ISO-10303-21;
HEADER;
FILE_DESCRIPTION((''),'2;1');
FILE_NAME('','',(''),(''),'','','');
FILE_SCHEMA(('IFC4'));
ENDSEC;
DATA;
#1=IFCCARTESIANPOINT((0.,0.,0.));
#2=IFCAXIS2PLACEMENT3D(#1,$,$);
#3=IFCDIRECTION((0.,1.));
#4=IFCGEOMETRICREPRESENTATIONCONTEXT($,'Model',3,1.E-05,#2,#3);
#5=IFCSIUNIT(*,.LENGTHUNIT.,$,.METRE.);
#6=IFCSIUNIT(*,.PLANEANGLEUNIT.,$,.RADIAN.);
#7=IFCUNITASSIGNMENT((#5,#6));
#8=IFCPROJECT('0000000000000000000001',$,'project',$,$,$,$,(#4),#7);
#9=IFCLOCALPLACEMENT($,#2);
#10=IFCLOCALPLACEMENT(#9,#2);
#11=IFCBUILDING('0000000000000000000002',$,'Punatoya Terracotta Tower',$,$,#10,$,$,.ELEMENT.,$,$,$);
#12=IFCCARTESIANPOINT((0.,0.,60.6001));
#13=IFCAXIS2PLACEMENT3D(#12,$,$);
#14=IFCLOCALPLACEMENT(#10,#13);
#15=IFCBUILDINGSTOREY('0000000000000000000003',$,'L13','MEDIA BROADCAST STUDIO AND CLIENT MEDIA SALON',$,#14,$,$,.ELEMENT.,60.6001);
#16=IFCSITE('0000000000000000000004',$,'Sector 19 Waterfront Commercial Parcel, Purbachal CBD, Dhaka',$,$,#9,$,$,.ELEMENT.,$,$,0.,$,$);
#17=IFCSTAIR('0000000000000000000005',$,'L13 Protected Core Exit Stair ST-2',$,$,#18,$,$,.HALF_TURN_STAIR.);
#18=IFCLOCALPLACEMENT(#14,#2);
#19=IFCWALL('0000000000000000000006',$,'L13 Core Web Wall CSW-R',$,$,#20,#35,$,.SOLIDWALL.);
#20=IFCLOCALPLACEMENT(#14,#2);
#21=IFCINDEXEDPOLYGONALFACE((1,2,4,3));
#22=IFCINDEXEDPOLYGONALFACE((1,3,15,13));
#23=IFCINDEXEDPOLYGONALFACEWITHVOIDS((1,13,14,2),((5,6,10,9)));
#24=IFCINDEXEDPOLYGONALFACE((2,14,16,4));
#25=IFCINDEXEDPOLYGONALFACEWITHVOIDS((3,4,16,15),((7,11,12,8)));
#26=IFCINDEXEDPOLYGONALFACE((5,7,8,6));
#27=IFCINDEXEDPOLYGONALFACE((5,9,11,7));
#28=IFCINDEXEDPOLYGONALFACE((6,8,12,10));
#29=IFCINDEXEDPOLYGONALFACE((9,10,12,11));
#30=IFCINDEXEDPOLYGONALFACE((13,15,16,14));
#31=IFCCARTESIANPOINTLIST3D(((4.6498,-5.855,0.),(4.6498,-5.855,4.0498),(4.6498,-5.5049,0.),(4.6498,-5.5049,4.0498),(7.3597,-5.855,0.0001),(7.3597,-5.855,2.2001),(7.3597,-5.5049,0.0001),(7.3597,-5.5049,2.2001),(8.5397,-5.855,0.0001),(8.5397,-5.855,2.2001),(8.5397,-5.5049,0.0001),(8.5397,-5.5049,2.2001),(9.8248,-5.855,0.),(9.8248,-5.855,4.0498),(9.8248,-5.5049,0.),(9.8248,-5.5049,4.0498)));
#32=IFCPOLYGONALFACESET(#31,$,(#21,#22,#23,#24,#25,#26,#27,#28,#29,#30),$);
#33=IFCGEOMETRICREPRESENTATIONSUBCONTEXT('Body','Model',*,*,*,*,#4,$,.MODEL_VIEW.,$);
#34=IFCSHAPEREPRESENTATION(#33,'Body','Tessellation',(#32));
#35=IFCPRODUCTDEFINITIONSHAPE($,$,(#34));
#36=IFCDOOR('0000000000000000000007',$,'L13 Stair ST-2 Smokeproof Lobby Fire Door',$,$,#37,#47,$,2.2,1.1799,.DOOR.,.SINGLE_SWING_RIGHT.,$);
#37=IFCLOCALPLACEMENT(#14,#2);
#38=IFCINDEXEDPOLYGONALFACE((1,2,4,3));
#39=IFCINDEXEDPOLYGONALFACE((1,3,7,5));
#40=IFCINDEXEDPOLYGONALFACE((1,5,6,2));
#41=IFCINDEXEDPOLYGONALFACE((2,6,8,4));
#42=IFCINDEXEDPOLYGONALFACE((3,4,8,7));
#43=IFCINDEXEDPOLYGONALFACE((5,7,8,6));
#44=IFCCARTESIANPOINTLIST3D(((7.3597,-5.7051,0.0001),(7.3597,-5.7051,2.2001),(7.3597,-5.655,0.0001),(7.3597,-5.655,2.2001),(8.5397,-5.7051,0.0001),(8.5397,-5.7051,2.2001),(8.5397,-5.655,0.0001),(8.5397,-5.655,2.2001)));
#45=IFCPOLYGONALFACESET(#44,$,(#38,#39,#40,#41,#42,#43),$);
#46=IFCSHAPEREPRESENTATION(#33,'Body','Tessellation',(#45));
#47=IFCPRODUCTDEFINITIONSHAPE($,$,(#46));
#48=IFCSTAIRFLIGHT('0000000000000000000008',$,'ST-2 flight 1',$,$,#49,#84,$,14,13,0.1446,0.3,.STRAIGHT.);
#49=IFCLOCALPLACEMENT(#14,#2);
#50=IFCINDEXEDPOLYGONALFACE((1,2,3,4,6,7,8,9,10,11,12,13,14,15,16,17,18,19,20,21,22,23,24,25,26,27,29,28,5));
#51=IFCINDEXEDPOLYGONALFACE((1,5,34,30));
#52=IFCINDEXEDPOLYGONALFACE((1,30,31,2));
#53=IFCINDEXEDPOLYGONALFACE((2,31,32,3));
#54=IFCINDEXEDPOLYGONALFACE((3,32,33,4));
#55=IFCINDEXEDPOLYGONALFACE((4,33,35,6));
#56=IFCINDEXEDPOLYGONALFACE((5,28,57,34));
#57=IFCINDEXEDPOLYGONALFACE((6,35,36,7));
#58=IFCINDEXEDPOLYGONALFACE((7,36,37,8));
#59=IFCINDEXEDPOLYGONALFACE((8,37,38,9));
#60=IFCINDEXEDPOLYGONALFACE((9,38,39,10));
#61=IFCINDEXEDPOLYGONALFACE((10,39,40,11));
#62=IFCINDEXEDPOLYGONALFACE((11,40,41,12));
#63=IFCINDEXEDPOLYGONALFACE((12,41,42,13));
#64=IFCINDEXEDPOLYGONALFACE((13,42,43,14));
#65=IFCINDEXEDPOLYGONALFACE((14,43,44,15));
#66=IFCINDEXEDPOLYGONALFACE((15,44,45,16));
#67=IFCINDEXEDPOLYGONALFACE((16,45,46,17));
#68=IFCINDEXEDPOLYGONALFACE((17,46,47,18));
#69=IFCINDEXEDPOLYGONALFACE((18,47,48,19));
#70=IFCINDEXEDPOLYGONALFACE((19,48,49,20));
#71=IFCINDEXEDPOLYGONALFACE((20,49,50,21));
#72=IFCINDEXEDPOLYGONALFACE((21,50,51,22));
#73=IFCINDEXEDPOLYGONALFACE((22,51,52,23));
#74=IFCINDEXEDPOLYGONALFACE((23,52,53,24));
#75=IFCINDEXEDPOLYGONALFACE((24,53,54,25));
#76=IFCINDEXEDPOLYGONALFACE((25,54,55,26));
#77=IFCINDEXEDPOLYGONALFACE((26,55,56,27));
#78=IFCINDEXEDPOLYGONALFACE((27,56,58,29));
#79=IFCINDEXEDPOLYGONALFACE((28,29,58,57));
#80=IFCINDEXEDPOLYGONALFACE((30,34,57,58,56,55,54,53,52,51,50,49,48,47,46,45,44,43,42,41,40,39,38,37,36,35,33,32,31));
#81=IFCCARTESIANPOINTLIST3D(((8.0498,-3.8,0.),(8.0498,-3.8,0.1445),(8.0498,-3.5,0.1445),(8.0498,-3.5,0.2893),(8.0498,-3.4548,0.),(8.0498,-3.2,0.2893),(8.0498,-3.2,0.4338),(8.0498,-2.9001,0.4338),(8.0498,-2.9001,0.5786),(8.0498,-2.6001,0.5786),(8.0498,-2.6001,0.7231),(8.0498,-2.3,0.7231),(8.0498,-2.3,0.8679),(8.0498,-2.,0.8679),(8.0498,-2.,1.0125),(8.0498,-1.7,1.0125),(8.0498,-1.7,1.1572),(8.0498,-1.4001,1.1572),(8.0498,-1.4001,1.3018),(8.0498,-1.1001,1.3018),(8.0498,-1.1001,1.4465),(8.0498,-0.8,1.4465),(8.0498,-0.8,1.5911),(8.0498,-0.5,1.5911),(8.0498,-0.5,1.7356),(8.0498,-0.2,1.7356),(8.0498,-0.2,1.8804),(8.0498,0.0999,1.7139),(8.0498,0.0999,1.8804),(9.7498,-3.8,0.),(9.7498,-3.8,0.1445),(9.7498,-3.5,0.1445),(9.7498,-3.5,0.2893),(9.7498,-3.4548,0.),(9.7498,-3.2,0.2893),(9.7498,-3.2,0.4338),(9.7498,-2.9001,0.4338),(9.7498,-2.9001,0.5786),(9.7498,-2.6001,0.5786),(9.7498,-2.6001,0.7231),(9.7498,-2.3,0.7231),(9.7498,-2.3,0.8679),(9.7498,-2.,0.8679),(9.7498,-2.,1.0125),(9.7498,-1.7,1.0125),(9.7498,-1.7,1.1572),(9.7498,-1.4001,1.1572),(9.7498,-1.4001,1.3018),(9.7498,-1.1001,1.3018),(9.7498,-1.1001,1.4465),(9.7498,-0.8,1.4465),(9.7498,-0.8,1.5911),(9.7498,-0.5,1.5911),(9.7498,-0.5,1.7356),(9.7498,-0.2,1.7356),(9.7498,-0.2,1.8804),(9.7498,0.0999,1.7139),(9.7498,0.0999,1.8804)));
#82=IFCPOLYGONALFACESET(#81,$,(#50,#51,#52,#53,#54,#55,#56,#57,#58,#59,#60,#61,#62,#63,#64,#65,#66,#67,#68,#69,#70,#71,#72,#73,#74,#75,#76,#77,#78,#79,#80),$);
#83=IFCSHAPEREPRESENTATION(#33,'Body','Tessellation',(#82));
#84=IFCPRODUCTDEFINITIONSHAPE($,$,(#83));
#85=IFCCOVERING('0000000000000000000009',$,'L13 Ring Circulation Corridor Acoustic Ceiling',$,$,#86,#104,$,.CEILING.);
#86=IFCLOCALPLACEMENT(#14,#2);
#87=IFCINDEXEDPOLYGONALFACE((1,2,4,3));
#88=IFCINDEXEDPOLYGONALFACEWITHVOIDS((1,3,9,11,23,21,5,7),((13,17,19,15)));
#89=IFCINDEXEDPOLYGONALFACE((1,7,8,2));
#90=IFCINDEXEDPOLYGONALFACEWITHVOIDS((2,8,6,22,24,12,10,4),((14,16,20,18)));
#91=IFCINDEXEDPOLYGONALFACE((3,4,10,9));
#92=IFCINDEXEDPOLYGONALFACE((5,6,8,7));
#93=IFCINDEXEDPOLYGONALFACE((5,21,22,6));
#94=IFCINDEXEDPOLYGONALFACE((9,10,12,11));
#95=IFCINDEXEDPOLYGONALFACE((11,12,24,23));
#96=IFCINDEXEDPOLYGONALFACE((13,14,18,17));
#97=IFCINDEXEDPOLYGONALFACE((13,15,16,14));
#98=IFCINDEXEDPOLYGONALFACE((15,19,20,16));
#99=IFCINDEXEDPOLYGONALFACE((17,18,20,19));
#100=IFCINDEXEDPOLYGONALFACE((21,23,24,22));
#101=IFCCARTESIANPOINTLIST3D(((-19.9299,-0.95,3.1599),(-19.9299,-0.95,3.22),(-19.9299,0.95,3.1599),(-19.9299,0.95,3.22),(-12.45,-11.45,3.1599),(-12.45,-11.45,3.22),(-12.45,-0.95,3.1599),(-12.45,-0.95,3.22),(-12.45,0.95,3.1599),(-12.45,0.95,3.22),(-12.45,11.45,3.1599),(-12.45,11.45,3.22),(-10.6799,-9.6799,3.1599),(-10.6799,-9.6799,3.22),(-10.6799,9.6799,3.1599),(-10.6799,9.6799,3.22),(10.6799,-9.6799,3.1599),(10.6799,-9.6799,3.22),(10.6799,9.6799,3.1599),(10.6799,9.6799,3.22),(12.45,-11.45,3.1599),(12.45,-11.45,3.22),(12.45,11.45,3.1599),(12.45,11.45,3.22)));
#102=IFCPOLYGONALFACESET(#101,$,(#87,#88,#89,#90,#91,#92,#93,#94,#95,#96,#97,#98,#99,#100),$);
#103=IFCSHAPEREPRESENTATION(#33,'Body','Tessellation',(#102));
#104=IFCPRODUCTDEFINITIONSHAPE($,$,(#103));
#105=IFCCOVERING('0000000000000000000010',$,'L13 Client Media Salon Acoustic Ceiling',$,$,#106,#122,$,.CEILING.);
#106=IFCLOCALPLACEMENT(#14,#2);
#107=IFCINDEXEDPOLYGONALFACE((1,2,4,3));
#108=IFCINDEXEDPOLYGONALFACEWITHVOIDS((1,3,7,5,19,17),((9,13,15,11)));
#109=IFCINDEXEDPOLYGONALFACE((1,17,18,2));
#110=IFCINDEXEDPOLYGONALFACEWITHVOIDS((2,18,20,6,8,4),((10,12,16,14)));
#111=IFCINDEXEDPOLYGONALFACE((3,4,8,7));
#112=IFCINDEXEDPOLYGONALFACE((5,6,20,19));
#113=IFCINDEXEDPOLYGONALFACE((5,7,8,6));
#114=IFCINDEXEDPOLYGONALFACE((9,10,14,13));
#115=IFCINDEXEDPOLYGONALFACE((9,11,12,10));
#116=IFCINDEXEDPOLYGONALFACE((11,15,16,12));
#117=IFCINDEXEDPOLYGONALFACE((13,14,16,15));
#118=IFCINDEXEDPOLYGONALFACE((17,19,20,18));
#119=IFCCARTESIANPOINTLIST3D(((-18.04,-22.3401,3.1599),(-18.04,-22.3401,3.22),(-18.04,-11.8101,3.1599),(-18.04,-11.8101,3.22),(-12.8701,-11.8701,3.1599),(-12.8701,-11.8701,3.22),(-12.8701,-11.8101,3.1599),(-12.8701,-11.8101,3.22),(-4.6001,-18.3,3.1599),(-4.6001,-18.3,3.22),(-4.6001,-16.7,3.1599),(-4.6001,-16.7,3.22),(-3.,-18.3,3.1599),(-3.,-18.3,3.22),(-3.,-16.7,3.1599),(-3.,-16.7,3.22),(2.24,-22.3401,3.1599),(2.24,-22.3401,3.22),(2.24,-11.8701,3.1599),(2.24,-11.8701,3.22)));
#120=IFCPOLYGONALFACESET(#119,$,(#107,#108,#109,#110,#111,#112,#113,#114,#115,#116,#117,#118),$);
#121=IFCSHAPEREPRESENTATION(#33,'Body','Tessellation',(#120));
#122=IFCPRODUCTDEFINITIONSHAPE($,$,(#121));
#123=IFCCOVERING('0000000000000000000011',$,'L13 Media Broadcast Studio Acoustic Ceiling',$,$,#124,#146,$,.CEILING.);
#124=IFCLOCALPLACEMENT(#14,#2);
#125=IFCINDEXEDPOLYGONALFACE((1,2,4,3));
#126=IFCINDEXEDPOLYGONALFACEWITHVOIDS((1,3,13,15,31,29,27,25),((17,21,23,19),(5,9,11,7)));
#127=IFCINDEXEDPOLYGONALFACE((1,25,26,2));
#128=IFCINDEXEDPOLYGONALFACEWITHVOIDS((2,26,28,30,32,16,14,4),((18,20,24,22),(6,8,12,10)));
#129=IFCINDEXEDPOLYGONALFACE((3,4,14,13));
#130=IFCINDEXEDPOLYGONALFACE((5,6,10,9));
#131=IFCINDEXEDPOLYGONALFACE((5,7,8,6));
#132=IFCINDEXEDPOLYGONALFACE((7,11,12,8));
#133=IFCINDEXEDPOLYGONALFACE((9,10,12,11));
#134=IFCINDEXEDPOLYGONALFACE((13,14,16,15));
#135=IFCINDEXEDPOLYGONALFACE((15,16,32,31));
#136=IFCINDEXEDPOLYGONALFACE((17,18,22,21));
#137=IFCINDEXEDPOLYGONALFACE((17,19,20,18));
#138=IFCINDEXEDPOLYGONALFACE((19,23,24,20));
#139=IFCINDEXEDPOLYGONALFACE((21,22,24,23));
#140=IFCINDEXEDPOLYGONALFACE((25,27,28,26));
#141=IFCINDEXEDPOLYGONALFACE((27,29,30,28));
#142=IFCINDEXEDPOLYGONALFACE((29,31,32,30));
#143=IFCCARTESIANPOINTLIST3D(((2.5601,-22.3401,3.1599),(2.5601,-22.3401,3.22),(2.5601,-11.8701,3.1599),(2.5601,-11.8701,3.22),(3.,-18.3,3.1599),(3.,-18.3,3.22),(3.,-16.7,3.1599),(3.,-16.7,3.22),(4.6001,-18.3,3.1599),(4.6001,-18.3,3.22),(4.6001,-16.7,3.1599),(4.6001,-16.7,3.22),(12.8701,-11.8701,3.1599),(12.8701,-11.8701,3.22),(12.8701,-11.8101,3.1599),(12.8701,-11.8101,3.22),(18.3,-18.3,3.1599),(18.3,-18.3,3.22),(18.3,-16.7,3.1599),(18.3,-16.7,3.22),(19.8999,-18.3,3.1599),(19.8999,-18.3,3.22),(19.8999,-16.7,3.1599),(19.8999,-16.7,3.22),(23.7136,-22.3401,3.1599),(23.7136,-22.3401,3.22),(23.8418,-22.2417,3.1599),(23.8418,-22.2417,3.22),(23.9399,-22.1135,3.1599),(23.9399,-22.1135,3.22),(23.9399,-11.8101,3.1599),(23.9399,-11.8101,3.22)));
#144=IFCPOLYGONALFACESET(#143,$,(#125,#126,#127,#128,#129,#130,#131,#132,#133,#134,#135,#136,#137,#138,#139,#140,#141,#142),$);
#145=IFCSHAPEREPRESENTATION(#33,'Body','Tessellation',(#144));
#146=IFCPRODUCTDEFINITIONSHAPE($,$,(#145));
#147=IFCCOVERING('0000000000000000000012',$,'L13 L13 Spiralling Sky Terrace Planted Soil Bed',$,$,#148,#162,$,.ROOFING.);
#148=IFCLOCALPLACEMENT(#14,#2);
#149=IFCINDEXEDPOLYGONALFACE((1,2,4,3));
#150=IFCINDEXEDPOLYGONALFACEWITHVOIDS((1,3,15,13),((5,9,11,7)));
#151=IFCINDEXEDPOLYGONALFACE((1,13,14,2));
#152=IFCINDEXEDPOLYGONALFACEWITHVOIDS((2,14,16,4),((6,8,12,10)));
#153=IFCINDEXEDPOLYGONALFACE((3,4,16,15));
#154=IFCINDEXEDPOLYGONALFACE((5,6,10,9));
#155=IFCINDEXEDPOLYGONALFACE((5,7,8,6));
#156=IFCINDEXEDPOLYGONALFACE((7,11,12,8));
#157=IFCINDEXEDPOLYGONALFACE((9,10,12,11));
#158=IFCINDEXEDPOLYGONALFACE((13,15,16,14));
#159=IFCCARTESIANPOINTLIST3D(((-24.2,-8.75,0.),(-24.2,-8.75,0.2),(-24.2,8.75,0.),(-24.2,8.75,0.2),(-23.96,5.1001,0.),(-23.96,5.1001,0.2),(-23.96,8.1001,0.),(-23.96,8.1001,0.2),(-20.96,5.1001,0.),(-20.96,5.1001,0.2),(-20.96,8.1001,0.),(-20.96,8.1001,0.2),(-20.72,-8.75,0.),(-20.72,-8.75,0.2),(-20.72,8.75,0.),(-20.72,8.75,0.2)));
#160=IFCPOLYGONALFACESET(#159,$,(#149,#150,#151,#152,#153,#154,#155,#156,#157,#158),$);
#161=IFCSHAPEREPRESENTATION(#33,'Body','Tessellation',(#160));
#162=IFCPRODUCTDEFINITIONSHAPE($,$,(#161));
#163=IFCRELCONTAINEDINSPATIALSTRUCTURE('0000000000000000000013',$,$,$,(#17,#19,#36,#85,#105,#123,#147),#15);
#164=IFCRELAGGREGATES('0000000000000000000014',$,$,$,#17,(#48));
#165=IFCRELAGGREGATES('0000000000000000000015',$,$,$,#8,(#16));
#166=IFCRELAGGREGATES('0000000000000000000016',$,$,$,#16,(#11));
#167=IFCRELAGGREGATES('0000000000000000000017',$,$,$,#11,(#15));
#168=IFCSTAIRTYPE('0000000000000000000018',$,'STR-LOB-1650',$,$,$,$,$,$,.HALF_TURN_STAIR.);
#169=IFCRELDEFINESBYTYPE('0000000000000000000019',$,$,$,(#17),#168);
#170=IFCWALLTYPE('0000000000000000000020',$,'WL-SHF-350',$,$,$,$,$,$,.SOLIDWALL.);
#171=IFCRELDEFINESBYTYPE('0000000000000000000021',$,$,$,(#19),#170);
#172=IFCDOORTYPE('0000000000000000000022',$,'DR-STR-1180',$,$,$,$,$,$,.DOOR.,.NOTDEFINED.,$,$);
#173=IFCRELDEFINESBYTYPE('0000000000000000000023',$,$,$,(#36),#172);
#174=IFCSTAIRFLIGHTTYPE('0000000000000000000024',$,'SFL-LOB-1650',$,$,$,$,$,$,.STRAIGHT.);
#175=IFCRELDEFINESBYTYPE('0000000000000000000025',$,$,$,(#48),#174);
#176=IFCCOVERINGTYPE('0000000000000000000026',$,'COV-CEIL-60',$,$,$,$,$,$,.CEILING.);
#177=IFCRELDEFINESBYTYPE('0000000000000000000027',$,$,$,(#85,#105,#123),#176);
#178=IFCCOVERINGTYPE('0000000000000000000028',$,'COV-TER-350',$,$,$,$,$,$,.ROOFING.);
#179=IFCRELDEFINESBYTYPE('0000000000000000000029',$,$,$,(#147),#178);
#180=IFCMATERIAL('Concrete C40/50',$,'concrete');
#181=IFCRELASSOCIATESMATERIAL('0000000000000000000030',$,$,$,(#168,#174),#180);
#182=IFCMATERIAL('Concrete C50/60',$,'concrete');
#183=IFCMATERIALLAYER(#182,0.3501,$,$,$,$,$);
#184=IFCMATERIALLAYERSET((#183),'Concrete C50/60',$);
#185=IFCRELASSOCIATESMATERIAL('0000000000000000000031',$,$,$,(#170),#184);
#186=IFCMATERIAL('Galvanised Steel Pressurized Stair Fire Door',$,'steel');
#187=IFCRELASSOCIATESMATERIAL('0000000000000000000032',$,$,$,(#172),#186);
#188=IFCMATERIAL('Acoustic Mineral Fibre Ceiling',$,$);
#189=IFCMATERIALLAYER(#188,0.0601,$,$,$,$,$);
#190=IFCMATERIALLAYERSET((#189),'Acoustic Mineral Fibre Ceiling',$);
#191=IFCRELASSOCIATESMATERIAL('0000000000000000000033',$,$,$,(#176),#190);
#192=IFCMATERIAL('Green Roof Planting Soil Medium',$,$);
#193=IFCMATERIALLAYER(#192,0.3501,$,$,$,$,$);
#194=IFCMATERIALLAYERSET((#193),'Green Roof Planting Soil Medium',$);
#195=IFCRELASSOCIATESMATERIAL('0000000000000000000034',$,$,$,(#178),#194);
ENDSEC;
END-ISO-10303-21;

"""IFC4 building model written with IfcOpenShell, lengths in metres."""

from ifc_helpers import new_model, si_unit, direction, frame, frame_2d, origin, place, context, subcontext, project, spatial, polyline, rectangle, outline, extrude, material, layer, layer_set, type_object, element, fill, aggregate, save


model = new_model("IFC4")

# Units and contexts
model_context = context("Model", 3, precision=1e-05, world=origin(), true_north=direction((0.0, 1.0)))
body_context = subcontext(model_context, "Body", "Model", "MODEL_VIEW")
ifc_project = project(units=[si_unit("LENGTHUNIT", "METRE"), si_unit("PLANEANGLEUNIT", "RADIAN")], contexts=[model_context])

# Site, building, storey
site_placement = place(None, origin())
site = spatial("IfcSite", under=ifc_project, at=site_placement, Name="Sector 19 Waterfront Commercial Parcel, Purbachal CBD, Dhaka", CompositionType="ELEMENT", RefElevation=0.0)
building_placement = place(site_placement, origin())
building = spatial("IfcBuilding", under=site, at=building_placement, Name="Punatoya Terracotta Tower", CompositionType="ELEMENT")
storey_placement = place(building_placement, frame((0.0, 0.0, 60.6001)))
storey = spatial("IfcBuildingStorey", under=building, at=storey_placement, Name="L13", Description="MEDIA BROADCAST STUDIO AND CLIENT MEDIA SALON", CompositionType="ELEMENT", Elevation=60.6001)

# Stair
ifc_material_1 = material(Name="Concrete C40/50", Category="concrete")
stair_type_1 = type_object("IfcStairType", Name="STR-LOB-1650", PredefinedType="HALF_TURN_STAIR", material=ifc_material_1)
stair_1_placement = place(storey_placement, origin())
stair_1 = element("IfcStair", 1, at=stair_1_placement, inside=storey, type_object=stair_type_1, Name="L13 Protected Core Exit Stair ST-2", PredefinedType="HALF_TURN_STAIR")

# Wall, opening, door
ifc_material_2 = material(Name="Concrete C50/60", Category="concrete")
ifc_layer_1 = layer(ifc_material_2, 0.3501)
ifc_layer_set_1 = layer_set([ifc_layer_1], Name="Concrete C50/60")
wall_type_1 = type_object("IfcWallType", Name="WL-SHF-350", PredefinedType="SOLIDWALL", material=ifc_layer_set_1)
wall_1_placement = place(storey_placement, frame((4.6499, -5.6799, 0.0), z_axis=(0.0, 0.0, 1.0), x_axis=(1.0, 0.0, 0.0)))
wall_1 = element("IfcWall", 2, at=wall_1_placement, inside=storey, type_object=wall_type_1, Name="L13 Core Web Wall CSW-R", PredefinedType="SOLIDWALL", context=body_context, shape_type="SweptSolid", body=[
    extrude(rectangle(XDim=5.175, YDim=0.3501, at=frame_2d((2.5874, 0.0))), origin(), (0.0, 0.0, 1.0), 4.0498),
])
opening_1_placement = place(wall_1_placement, frame((2.71, 0.0, 0.0)))
opening_1 = element("IfcOpeningElement", 3, at=opening_1_placement, cuts=wall_1, PredefinedType="OPENING", context=body_context, shape_type="SweptSolid", body=[
    extrude(rectangle(XDim=1.1799, YDim=2.2, at=frame_2d((0.5898, 1.1001))), frame((0.0, 0.1851, 0.0), z_axis=(0.0, -1.0, 0.0), x_axis=(1.0, 0.0, 0.0)), (0.0, 0.0, 1.0), 0.3701),
])
ifc_material_3 = material(Name="Galvanised Steel Pressurized Stair Fire Door", Category="steel")
door_type_1 = type_object("IfcDoorType", Name="DR-STR-1180", OperationType="NOTDEFINED", PredefinedType="DOOR", material=ifc_material_3)
door_1_placement = place(opening_1_placement, origin())
door_1 = element("IfcDoor", 4, at=door_1_placement, inside=storey, type_object=door_type_1, Name="L13 Stair ST-2 Smokeproof Lobby Fire Door", OperationType="SINGLE_SWING_RIGHT", OverallHeight=2.2, OverallWidth=1.1799, PredefinedType="DOOR", context=body_context, shape_type="SweptSolid", body=[
    extrude(rectangle(XDim=1.1799, YDim=2.2, at=frame_2d((0.5898, 1.1001))), frame((0.0, 0.0249, 0.0), z_axis=(0.0, -1.0, 0.0), x_axis=(1.0, 0.0, 0.0)), (0.0, 0.0, 1.0), 0.05),
])
fill(opening_1, door_1)

# Stair flight
stair_flight_type = type_object("IfcStairFlightType", Name="SFL-LOB-1650", PredefinedType="STRAIGHT", material=ifc_material_1)
stair_flight_placement = place(storey_placement, frame((8.8999, -3.8, 0.0), z_axis=(0.0, 0.0, 1.0), x_axis=(0.0, 1.0, 0.0)))
stair_flight = element("IfcStairFlight", 5, at=stair_flight_placement, type_object=stair_flight_type, Name="ST-2 flight 1", NumberOfRisers=14, NumberOfTreads=13, PredefinedType="STRAIGHT", RiserHeight=0.1446, TreadLength=0.3, context=body_context, shape_type="SweptSolid", body=[
    extrude(outline(polyline([(0.0, 0.0), (0.0, 0.1445), (0.3, 0.1445), (0.3, 0.2893), (0.6001, 0.2893), (0.6001, 0.4338), (0.8999, 0.4338), (0.8999, 0.5786), (1.2, 0.5786), (1.2, 0.7231), (1.5, 0.7231), (1.5, 0.8679), (1.8, 0.8679), (1.8, 1.0125), (2.1001, 1.0125), (2.1001, 1.1572), (2.3999, 1.1572), (2.3999, 1.3018), (2.7, 1.3018), (2.7, 1.4465), (3.0, 1.4465), (3.0, 1.5911), (3.3, 1.5911), (3.3, 1.7356), (3.6001, 1.7356), (3.6001, 1.8804), (3.8999, 1.8804), (3.8999, 2.0249), (3.8999, 1.7139), (0.3452, 0.0), (0.0, 0.0)])), frame((0.0, 0.8501, 0.0), z_axis=(0.0, -1.0, 0.0), x_axis=(1.0, 0.0, 0.0)), (0.0, 0.0, 1.0), 1.7),
])
aggregate(stair_1, [stair_flight])

# Coverings
ifc_material_4 = material(Name="Acoustic Mineral Fibre Ceiling")
ifc_layer_2 = layer(ifc_material_4, 0.0601)
ifc_layer_set_2 = layer_set([ifc_layer_2], Name="Acoustic Mineral Fibre Ceiling")
covering_type_1 = type_object("IfcCoveringType", Name="COV-CEIL-60", PredefinedType="CEILING", material=ifc_layer_set_2)
covering_1_placement = place(storey_placement, frame((0.0, 0.0, 3.1599)))
element("IfcCovering", 6, at=covering_1_placement, inside=storey, type_object=covering_type_1, Name="L13 Ring Circulation Corridor Acoustic Ceiling", PredefinedType="CEILING", context=body_context, shape_type="SweptSolid", body=[
    extrude(outline(polyline([(-12.45, -11.45), (12.45, -11.45), (12.45, 11.45), (-12.45, 11.45), (-12.45, 0.95), (-19.9299, 0.95), (-19.9299, -0.95), (-12.45, -0.95), (-12.45, -11.45)]), holes=[polyline([(-10.6799, -9.6799), (-10.6799, 9.6799), (10.6799, 9.6799), (10.6799, -9.6799), (-10.6799, -9.6799)])]), origin(), (0.0, 0.0, 1.0), 0.0601),
])
covering_2_placement = place(storey_placement, frame((0.0, 0.0, 3.1599)))
element("IfcCovering", 7, at=covering_2_placement, inside=storey, type_object=covering_type_1, Name="L13 Client Media Salon Acoustic Ceiling", PredefinedType="CEILING", context=body_context, shape_type="SweptSolid", body=[
    extrude(outline(polyline([(-12.8701, -11.8701), (-12.8701, -11.8101), (-18.04, -11.8101), (-18.04, -22.3401), (2.24, -22.3401), (2.24, -11.8701), (-12.8701, -11.8701)]), holes=[polyline([(-4.6001, -16.7), (-3.0, -16.7), (-3.0, -18.3), (-4.6001, -18.3), (-4.6001, -16.7)])]), origin(), (0.0, 0.0, 1.0), 0.0601),
])
covering_3_placement = place(storey_placement, frame((0.0, 0.0, 3.1599)))
element("IfcCovering", 8, at=covering_3_placement, inside=storey, type_object=covering_type_1, Name="L13 Media Broadcast Studio Acoustic Ceiling", PredefinedType="CEILING", context=body_context, shape_type="SweptSolid", body=[
    extrude(outline(polyline([(12.8701, -11.8701), (2.5601, -11.8701), (2.5601, -22.3401), (23.7136, -22.3401), (23.8418, -22.2417), (23.9399, -22.1135), (23.9399, -11.8101), (12.8701, -11.8101), (12.8701, -11.8701)]), holes=[polyline([(19.8999, -18.3), (18.3, -18.3), (18.3, -16.7), (19.8999, -16.7), (19.8999, -18.3)]), polyline([(4.6001, -16.7), (4.6001, -18.3), (3.0, -18.3), (3.0, -16.7), (4.6001, -16.7)])]), origin(), (0.0, 0.0, 1.0), 0.0601),
])
ifc_material_5 = material(Name="Green Roof Planting Soil Medium")
ifc_layer_3 = layer(ifc_material_5, 0.3501)
ifc_layer_set_3 = layer_set([ifc_layer_3], Name="Green Roof Planting Soil Medium")
covering_type_2 = type_object("IfcCoveringType", Name="COV-TER-350", PredefinedType="ROOFING", material=ifc_layer_set_3)
covering_4_placement = place(storey_placement, origin())
element("IfcCovering", 9, at=covering_4_placement, inside=storey, type_object=covering_type_2, Name="L13 L13 Spiralling Sky Terrace Planted Soil Bed", PredefinedType="ROOFING", context=body_context, shape_type="SweptSolid", body=[
    extrude(outline(polyline([(-24.2, 8.75), (-20.72, 8.75), (-20.72, -8.75), (-24.2, -8.75), (-24.2, 8.75)]), holes=[polyline([(-20.96, 8.1001), (-23.96, 8.1001), (-23.96, 5.1001), (-20.96, 5.1001), (-20.96, 8.1001)])]), origin(), (0.0, 0.0, 1.0), 0.2),
])

save(model, "model.ifc")
